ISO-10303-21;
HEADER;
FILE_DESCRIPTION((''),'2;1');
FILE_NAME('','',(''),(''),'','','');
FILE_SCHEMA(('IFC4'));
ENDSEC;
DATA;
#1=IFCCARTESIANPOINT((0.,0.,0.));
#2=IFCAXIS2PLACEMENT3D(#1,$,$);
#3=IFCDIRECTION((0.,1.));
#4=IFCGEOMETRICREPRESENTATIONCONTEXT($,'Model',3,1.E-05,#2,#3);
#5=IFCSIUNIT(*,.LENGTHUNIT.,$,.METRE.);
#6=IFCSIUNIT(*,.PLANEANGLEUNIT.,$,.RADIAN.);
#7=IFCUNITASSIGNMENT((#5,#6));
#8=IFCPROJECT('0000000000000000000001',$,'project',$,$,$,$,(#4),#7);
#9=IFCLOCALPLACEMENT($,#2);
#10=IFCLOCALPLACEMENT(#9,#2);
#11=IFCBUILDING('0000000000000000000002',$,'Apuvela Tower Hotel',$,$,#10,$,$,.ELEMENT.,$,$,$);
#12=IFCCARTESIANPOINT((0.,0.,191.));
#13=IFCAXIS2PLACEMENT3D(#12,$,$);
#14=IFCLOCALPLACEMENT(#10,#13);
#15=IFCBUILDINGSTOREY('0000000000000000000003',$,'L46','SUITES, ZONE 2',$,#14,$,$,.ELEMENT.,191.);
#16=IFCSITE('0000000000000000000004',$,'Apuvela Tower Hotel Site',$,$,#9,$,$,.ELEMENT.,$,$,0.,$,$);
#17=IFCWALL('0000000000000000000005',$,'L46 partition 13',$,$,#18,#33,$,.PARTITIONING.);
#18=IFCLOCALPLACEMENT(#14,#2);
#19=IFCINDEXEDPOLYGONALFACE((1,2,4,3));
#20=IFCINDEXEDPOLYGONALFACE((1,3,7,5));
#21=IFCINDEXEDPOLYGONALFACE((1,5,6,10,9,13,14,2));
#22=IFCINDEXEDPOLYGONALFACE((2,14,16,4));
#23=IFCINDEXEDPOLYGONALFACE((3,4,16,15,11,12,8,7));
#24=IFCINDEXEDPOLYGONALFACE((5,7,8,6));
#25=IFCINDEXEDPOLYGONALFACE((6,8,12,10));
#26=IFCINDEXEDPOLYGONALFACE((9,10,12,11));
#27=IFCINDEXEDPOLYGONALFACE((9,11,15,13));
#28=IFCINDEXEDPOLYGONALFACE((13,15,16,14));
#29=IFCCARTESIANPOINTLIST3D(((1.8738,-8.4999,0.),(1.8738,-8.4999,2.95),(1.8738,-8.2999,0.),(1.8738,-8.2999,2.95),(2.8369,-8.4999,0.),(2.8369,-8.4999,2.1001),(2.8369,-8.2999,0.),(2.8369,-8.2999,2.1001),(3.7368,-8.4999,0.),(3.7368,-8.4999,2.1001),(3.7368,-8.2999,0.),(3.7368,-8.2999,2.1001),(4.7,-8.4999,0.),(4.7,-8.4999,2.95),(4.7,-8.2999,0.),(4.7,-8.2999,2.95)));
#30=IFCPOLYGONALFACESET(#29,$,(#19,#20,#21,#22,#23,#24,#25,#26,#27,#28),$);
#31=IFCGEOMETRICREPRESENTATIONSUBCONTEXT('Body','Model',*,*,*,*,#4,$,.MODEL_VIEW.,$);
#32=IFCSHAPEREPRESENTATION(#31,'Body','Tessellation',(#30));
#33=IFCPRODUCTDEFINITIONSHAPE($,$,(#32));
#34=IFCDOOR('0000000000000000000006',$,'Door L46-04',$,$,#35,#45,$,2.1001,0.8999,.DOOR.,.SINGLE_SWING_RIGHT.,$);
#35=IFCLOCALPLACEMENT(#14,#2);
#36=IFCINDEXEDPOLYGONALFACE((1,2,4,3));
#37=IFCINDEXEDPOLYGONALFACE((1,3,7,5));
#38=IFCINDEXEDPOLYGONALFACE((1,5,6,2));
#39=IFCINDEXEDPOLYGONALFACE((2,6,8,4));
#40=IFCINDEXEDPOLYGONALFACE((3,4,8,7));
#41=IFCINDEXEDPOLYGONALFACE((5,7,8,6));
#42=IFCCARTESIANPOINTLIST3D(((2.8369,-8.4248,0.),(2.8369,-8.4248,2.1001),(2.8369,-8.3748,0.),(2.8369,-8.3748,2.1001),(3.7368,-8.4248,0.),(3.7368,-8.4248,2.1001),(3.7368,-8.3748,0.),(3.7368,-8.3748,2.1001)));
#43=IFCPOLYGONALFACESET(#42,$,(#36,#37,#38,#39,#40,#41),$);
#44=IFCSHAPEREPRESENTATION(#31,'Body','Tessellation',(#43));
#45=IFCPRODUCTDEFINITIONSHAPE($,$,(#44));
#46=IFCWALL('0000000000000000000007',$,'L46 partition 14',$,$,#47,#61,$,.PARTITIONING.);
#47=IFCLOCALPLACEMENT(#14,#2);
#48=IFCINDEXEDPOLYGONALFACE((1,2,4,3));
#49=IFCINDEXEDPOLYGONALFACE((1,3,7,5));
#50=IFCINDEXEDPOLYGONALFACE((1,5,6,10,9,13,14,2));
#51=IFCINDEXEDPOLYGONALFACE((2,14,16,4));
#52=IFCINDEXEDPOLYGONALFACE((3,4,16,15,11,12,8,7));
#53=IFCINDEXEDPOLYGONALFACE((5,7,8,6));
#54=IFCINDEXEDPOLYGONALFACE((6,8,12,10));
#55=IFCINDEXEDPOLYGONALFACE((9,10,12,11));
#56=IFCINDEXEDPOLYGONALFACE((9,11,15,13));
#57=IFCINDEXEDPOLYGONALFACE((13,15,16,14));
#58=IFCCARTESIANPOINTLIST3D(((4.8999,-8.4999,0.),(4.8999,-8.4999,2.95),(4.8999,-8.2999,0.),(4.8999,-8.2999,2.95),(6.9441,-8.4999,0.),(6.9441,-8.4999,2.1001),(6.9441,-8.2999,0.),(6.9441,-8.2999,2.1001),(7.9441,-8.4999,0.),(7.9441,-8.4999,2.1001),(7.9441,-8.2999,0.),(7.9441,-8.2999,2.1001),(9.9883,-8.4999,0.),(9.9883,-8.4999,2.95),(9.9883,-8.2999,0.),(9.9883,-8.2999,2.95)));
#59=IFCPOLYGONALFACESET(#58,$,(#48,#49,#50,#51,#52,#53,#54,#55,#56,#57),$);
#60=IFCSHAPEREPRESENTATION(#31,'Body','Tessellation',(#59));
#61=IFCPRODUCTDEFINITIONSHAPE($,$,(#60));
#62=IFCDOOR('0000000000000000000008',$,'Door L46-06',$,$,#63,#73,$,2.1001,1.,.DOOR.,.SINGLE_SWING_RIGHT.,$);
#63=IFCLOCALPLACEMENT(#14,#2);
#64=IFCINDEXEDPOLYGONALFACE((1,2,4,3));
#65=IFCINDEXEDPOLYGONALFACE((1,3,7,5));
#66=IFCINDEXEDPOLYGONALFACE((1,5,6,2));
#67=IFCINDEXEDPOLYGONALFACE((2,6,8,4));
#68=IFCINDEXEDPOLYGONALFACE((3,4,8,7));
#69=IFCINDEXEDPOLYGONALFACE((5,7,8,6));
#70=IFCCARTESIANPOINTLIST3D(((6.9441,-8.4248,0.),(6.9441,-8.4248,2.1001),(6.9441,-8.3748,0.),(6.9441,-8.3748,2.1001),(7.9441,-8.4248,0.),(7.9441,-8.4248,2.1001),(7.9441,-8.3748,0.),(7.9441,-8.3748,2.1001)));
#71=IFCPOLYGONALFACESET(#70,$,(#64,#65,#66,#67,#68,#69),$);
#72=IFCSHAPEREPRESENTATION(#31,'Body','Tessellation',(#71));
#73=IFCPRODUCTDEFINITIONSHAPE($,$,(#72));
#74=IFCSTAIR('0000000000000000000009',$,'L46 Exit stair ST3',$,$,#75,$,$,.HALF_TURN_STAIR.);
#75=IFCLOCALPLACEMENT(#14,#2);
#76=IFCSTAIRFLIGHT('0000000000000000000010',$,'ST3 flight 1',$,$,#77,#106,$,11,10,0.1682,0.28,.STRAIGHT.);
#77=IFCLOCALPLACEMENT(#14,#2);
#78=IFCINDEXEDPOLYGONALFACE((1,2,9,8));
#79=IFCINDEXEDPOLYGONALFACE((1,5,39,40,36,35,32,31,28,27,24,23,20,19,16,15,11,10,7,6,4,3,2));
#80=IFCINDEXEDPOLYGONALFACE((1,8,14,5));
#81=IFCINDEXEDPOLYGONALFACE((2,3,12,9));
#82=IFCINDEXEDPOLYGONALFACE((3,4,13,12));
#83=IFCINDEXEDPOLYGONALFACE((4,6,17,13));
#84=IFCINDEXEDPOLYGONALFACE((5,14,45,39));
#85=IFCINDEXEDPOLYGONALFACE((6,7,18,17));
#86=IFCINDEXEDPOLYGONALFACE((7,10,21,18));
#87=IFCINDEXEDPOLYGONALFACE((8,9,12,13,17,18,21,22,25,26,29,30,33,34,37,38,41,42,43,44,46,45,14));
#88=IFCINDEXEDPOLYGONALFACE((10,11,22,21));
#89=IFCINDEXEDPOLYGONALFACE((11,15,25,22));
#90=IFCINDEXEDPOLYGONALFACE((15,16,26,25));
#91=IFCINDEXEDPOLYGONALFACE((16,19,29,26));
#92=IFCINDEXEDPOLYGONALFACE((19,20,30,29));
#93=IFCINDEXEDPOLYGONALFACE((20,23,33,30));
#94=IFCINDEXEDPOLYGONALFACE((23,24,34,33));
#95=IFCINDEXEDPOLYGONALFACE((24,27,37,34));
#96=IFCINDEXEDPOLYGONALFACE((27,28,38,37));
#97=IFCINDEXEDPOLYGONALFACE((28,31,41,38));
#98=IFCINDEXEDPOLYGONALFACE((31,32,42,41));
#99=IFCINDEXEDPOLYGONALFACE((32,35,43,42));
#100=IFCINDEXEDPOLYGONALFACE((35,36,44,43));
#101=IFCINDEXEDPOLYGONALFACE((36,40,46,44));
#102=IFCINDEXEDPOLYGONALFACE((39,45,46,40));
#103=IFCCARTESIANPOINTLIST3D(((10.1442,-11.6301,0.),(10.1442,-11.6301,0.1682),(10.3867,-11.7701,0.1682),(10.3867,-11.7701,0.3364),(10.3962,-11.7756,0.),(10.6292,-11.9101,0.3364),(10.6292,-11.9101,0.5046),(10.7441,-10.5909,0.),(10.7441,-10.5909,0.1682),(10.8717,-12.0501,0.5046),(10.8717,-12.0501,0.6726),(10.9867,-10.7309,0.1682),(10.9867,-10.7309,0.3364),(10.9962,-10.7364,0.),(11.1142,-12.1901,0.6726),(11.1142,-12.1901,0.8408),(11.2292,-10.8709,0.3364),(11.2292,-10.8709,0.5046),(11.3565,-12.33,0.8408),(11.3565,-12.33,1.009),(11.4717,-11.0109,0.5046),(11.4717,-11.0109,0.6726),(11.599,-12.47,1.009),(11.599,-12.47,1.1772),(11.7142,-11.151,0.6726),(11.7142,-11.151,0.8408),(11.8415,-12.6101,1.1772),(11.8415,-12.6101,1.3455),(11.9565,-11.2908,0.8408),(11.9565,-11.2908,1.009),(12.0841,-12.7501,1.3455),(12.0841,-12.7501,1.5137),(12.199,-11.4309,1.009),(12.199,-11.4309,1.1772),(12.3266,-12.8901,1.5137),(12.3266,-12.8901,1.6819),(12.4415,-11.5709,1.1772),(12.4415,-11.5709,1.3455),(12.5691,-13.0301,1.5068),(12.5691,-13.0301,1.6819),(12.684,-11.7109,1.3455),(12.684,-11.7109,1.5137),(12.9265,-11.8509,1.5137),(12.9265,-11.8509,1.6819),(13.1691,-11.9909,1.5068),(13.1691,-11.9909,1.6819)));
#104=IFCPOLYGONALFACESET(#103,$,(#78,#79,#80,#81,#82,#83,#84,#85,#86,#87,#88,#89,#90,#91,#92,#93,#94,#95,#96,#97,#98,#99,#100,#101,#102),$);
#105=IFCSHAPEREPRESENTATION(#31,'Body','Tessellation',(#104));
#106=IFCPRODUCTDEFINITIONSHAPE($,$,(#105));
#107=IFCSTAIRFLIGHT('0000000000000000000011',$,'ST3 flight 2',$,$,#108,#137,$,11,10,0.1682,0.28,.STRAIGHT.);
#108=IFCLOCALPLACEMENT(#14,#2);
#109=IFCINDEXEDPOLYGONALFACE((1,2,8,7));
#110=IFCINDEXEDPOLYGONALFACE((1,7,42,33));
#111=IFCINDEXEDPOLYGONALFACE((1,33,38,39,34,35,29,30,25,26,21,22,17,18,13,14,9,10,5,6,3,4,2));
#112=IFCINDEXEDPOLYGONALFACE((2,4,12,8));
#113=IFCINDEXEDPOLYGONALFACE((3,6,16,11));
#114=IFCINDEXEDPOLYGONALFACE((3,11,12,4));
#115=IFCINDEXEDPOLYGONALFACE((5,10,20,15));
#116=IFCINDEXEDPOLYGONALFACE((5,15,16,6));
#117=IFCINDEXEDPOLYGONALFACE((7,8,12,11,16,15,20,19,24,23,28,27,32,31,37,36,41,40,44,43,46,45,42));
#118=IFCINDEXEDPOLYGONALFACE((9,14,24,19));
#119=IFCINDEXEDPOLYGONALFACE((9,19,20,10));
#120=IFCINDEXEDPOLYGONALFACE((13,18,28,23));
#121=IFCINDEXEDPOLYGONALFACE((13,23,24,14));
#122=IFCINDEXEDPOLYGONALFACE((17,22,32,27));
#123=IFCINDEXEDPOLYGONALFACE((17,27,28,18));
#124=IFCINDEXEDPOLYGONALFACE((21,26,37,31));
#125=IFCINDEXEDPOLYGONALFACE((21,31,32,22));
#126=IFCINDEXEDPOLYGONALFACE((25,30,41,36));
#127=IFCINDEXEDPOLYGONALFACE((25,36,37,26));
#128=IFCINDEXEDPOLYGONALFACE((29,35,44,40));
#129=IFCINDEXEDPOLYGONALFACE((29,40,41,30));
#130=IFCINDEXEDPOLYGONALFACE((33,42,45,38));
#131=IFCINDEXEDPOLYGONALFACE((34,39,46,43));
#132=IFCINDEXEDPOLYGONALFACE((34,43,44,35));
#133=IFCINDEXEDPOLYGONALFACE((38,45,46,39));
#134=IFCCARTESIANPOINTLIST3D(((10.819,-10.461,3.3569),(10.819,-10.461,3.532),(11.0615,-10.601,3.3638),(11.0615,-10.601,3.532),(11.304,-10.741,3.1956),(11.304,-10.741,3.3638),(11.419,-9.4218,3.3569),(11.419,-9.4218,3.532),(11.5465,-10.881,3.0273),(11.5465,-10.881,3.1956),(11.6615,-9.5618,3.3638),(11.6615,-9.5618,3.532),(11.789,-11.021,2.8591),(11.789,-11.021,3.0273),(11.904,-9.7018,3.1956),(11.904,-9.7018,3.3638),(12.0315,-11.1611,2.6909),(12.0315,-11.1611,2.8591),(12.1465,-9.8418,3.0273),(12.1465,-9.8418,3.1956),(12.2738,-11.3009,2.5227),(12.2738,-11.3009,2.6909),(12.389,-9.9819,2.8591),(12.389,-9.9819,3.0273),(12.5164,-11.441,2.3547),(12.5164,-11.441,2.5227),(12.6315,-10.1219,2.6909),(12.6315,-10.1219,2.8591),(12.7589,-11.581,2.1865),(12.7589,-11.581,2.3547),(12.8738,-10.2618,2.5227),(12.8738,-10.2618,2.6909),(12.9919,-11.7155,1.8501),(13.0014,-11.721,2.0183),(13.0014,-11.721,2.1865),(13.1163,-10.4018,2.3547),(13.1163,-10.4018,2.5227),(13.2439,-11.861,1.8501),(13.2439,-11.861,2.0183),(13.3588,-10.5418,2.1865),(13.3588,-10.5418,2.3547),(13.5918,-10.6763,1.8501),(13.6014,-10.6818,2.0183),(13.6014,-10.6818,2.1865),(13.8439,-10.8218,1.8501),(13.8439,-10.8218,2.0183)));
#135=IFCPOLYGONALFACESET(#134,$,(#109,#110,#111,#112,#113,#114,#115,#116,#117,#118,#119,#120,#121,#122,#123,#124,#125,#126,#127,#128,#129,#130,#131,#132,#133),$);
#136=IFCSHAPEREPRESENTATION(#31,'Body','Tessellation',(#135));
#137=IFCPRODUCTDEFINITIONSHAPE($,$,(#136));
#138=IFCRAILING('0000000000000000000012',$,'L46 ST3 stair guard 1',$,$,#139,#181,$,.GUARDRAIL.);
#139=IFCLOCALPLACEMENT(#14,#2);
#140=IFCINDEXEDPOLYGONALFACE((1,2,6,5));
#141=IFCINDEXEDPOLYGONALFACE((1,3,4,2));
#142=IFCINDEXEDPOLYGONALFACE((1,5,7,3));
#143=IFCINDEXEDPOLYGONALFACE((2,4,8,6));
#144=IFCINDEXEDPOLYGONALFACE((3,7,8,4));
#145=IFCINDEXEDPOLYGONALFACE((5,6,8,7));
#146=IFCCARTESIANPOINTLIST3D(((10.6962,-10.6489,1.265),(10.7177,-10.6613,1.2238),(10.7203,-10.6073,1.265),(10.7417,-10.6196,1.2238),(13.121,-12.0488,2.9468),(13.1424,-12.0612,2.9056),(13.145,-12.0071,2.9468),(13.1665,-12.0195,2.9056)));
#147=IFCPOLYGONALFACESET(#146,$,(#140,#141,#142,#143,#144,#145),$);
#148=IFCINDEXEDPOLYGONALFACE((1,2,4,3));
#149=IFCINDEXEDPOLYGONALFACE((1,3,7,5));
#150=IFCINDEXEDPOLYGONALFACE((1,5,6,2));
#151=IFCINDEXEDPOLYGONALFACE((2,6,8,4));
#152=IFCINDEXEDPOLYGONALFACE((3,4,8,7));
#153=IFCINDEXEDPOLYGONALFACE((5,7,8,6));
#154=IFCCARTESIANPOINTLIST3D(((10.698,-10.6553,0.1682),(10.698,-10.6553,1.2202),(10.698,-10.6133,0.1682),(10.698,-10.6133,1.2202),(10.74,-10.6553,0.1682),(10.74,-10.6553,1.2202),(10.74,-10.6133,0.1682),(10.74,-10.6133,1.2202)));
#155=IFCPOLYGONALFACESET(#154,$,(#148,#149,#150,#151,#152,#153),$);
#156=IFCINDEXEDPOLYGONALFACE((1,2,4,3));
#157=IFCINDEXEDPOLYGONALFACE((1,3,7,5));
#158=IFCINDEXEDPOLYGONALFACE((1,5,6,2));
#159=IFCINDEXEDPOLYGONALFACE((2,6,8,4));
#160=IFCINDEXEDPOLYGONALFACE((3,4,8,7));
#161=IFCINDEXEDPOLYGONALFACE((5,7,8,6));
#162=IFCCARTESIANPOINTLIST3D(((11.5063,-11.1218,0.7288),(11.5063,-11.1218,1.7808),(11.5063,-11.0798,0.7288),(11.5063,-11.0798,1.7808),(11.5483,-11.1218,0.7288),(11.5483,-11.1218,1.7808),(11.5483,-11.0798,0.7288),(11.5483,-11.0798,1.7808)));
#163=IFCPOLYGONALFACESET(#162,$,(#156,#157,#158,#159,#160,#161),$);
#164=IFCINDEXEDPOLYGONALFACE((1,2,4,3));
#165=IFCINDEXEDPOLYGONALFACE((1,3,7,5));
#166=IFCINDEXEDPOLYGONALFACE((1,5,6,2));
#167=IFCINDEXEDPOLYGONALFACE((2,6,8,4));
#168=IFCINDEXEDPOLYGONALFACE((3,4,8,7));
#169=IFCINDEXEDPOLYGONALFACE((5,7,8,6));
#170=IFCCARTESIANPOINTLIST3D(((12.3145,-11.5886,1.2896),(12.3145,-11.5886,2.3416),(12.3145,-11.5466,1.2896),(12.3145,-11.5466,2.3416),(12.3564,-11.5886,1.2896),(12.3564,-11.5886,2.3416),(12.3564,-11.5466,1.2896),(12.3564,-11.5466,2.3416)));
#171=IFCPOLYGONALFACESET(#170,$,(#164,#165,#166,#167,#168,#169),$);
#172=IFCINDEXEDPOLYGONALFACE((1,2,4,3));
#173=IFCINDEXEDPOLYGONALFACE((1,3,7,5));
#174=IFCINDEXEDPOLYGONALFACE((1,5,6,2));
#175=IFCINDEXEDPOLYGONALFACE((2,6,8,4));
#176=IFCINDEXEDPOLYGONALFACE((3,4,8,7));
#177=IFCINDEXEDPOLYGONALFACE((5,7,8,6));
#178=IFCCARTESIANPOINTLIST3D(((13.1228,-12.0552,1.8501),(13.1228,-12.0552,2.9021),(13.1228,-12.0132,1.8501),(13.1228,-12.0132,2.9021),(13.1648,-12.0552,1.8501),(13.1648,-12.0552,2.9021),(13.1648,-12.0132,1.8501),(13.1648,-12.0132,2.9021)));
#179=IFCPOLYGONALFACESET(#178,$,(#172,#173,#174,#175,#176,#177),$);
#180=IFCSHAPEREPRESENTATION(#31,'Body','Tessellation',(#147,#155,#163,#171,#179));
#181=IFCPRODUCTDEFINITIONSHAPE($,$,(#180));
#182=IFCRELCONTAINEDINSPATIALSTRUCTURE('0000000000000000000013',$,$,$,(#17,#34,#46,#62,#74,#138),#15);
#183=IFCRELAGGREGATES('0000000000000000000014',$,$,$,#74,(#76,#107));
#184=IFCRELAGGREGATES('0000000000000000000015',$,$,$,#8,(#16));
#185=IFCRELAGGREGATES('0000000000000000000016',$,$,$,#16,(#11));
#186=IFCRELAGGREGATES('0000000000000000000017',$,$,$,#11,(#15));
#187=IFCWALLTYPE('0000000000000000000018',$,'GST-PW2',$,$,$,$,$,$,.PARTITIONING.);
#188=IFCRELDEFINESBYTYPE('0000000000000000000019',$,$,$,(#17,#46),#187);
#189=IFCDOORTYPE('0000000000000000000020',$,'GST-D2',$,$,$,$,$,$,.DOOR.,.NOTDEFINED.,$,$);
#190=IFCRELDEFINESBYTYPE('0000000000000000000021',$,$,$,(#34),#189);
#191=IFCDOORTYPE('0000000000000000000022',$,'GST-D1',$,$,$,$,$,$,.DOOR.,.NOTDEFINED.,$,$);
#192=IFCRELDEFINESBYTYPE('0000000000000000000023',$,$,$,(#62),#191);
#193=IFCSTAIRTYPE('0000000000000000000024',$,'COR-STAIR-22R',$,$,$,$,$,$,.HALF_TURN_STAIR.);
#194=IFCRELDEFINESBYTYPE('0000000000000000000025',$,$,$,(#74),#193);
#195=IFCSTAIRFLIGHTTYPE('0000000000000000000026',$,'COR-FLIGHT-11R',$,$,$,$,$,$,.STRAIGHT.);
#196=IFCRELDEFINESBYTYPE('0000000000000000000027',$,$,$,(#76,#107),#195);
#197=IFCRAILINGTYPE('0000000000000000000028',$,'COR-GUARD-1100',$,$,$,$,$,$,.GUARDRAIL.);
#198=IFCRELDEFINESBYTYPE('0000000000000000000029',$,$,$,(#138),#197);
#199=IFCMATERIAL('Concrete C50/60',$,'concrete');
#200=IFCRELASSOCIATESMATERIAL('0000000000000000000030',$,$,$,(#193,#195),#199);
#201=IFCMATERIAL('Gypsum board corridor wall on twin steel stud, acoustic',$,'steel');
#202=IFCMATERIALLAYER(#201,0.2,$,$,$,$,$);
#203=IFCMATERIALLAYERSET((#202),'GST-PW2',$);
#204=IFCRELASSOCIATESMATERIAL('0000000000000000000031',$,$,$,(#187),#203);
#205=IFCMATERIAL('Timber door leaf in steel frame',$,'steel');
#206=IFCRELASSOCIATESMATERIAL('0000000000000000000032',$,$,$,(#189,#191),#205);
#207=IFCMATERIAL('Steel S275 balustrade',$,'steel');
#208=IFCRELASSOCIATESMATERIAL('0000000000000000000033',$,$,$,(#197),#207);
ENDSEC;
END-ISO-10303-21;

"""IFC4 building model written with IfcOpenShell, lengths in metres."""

from ifc_helpers import new_model, si_unit, direction, frame, frame_2d, origin, origin_2d, place, context, subcontext, project, spatial, polyline, rectangle, outline, extrude, material, layer, layer_set, type_object, element, fill, aggregate, save


model = new_model("IFC4")

# Units and contexts
model_context = context("Model", 3, precision=1e-05, world=origin(), true_north=direction((0.0, 1.0)))
body_context = subcontext(model_context, "Body", "Model", "MODEL_VIEW")
ifc_project = project(units=[si_unit("LENGTHUNIT", "METRE"), si_unit("PLANEANGLEUNIT", "RADIAN")], contexts=[model_context])

# Site, building, storey
site_placement = place(None, origin())
site = spatial("IfcSite", under=ifc_project, at=site_placement, Name="Apuvela Tower Hotel Site", CompositionType="ELEMENT", RefElevation=0.0)
building_placement = place(site_placement, origin())
building = spatial("IfcBuilding", under=site, at=building_placement, Name="Apuvela Tower Hotel", CompositionType="ELEMENT")
storey_placement = place(building_placement, frame((0.0, 0.0, 191.0)))
storey = spatial("IfcBuildingStorey", under=building, at=storey_placement, Name="L46", Description="SUITES, ZONE 2", CompositionType="ELEMENT", Elevation=191.0)

# Shared definitions
ifc_material_1 = material(Name="Concrete C50/60", Category="concrete")

# Shared definitions
stair_type = type_object("IfcStairType", Name="COR-STAIR-22R", PredefinedType="HALF_TURN_STAIR", material=ifc_material_1)

# Walls, openings, doors
ifc_material_2 = material(Name="Gypsum board corridor wall on twin steel stud, acoustic", Category="steel")
ifc_layer_1 = layer(ifc_material_2, 0.2)
ifc_layer_set_1 = layer_set([ifc_layer_1], Name="GST-PW2")
wall_type_1 = type_object("IfcWallType", Name="GST-PW2", PredefinedType="PARTITIONING", material=ifc_layer_set_1)
ifc_material_3 = material(Name="Timber door leaf in steel frame", Category="steel")
door_type_1 = type_object("IfcDoorType", Name="GST-D2", OperationType="NOTDEFINED", PredefinedType="DOOR", material=ifc_material_3)
wall_1_placement = place(storey_placement, frame((4.7, -8.3999, 0.0), z_axis=(0.0, 0.0, 1.0), x_axis=(-1.0, 0.0, 0.0)))
wall_1 = element("IfcWall", 1, at=wall_1_placement, inside=storey, type_object=wall_type_1, Name="L46 partition 13", PredefinedType="PARTITIONING", context=body_context, shape_type="SweptSolid", body=[
    extrude(rectangle(XDim=2.8262, YDim=0.2, at=frame_2d((1.4131, 0.0))), origin(), (0.0, 0.0, 1.0), 2.95),
])
opening_1_placement = place(wall_1_placement, frame((0.9631, 0.0, 0.0)))
opening_1 = element("IfcOpeningElement", 2, at=opening_1_placement, cuts=wall_1, PredefinedType="OPENING", context=body_context, shape_type="SweptSolid", body=[
    extrude(rectangle(XDim=0.8999, YDim=2.1001, at=frame_2d((0.45, 1.05))), frame((0.0, 0.1099, 0.0), z_axis=(0.0, -1.0, 0.0), x_axis=(1.0, 0.0, 0.0)), (0.0, 0.0, 1.0), 0.22),
])
door_1_placement = place(opening_1_placement, origin())
door_1 = element("IfcDoor", 3, at=door_1_placement, inside=storey, type_object=door_type_1, Name="Door L46-04", OperationType="SINGLE_SWING_RIGHT", OverallHeight=2.1001, OverallWidth=0.8999, PredefinedType="DOOR", context=body_context, shape_type="SweptSolid", body=[
    extrude(rectangle(XDim=0.8999, YDim=2.1001, at=frame_2d((0.45, 1.05))), frame((0.0, 0.0249, 0.0), z_axis=(0.0, -1.0, 0.0), x_axis=(1.0, 0.0, 0.0)), (0.0, 0.0, 1.0), 0.05),
])
fill(opening_1, door_1)
wall_2_placement = place(storey_placement, frame((9.9883, -8.3999, 0.0), z_axis=(0.0, 0.0, 1.0), x_axis=(-1.0, 0.0, 0.0)))
wall_2 = element("IfcWall", 4, at=wall_2_placement, inside=storey, type_object=wall_type_1, Name="L46 partition 14", PredefinedType="PARTITIONING", context=body_context, shape_type="SweptSolid", body=[
    extrude(rectangle(XDim=5.0884, YDim=0.2, at=frame_2d((2.5442, 0.0))), origin(), (0.0, 0.0, 1.0), 2.95),
])
opening_2_placement = place(wall_2_placement, frame((2.0442, 0.0, 0.0)))
opening_2 = element("IfcOpeningElement", 5, at=opening_2_placement, cuts=wall_2, PredefinedType="OPENING", context=body_context, shape_type="SweptSolid", body=[
    extrude(rectangle(XDim=1.0, YDim=2.1001, at=frame_2d((0.5, 1.05))), frame((0.0, 0.1099, 0.0), z_axis=(0.0, -1.0, 0.0), x_axis=(1.0, 0.0, 0.0)), (0.0, 0.0, 1.0), 0.22),
])
door_type_2 = type_object("IfcDoorType", Name="GST-D1", OperationType="NOTDEFINED", PredefinedType="DOOR", material=ifc_material_3)
door_2_placement = place(opening_2_placement, origin())
door_2 = element("IfcDoor", 6, at=door_2_placement, inside=storey, type_object=door_type_2, Name="Door L46-06", OperationType="SINGLE_SWING_RIGHT", OverallHeight=2.1001, OverallWidth=1.0, PredefinedType="DOOR", context=body_context, shape_type="SweptSolid", body=[
    extrude(rectangle(XDim=1.0, YDim=2.1001, at=frame_2d((0.5, 1.05))), frame((0.0, 0.0249, 0.0), z_axis=(0.0, -1.0, 0.0), x_axis=(1.0, 0.0, 0.0)), (0.0, 0.0, 1.0), 0.05),
])
fill(opening_2, door_2)

# Stair, stair flights
stair_1_placement = place(storey_placement, origin())
stair_1 = element("IfcStair", 7, at=stair_1_placement, inside=storey, type_object=stair_type, Name="L46 Exit stair ST3", PredefinedType="HALF_TURN_STAIR")
stair_flight_type = type_object("IfcStairFlightType", Name="COR-FLIGHT-11R", PredefinedType="STRAIGHT", material=ifc_material_1)
stair_flight_1_placement = place(storey_placement, frame((10.4441, -11.1106, 0.0), z_axis=(0.0, 0.0, 1.0), x_axis=(0.866025, -0.5, 0.0)))
stair_flight_1 = element("IfcStairFlight", 8, at=stair_flight_1_placement, type_object=stair_flight_type, Name="ST3 flight 1", NumberOfRisers=11, NumberOfTreads=10, PredefinedType="STRAIGHT", RiserHeight=0.1682, TreadLength=0.28, context=body_context, shape_type="SweptSolid", body=[
    extrude(outline(polyline([(0.0, 0.0), (0.0, 0.1682), (0.28, 0.1682), (0.28, 0.3364), (0.5601, 0.3364), (0.5601, 0.5046), (0.8401, 0.5046), (0.8401, 0.6726), (1.1201, 0.6726), (1.1201, 0.8408), (1.3999, 0.8408), (1.3999, 1.009), (1.6799, 1.009), (1.6799, 1.1772), (1.96, 1.1772), (1.96, 1.3455), (2.24, 1.3455), (2.24, 1.5137), (2.52, 1.5137), (2.52, 1.6819), (2.8, 1.6819), (2.8, 1.8501), (2.8, 1.5068), (0.291, 0.0), (0.0, 0.0)])), frame((0.0, 0.6001, 0.0), z_axis=(0.0, -1.0, 0.0), x_axis=(1.0, 0.0, 0.0)), (0.0, 0.0, 1.0), 1.2),
])
stair_flight_2_placement = place(storey_placement, frame((13.5439, -11.3413, 1.8501), z_axis=(0.0, 0.0, 1.0), x_axis=(-0.866025, 0.5, 0.0)))
stair_flight_2 = element("IfcStairFlight", 9, at=stair_flight_2_placement, type_object=stair_flight_type, Name="ST3 flight 2", NumberOfRisers=11, NumberOfTreads=10, PredefinedType="STRAIGHT", RiserHeight=0.1682, TreadLength=0.28, context=body_context, shape_type="SweptSolid", body=[
    extrude(outline(polyline([(0.0, 0.0), (0.0, 0.1682), (0.28, 0.1682), (0.28, 0.3364), (0.5601, 0.3364), (0.5601, 0.5046), (0.8401, 0.5046), (0.8401, 0.6726), (1.1201, 0.6726), (1.1201, 0.8408), (1.3999, 0.8408), (1.3999, 1.009), (1.6799, 1.009), (1.6799, 1.1772), (1.96, 1.1772), (1.96, 1.3455), (2.24, 1.3455), (2.24, 1.5137), (2.52, 1.5137), (2.52, 1.6819), (2.8, 1.6819), (2.8, 1.8501), (2.8, 1.5068), (0.291, 0.0), (0.0, 0.0)])), frame((0.0, 0.6001, 0.0), z_axis=(0.0, -1.0, 0.0), x_axis=(1.0, 0.0, 0.0)), (0.0, 0.0, 1.0), 1.2),
])
aggregate(stair_1, [stair_flight_1, stair_flight_2])

# Railing
ifc_material_4 = material(Name="Steel S275 balustrade", Category="steel")
railing_type_1 = type_object("IfcRailingType", Name="COR-GUARD-1100", PredefinedType="GUARDRAIL", material=ifc_material_4)
railing_1_placement = place(storey_placement, frame((10.719, -10.6343, 0.1682)))
element("IfcRailing", 10, at=railing_1_placement, inside=storey, type_object=railing_type_1, Name="L46 ST3 stair guard 1", PredefinedType="GUARDRAIL", context=body_context, shape_type="SweptSolid", body=[
    extrude(rectangle(XDim=0.0481, YDim=0.0481, at=origin_2d()), frame((0.0, 0.0, 1.0762), z_axis=(0.74239, -0.428601, 0.514934), x_axis=(0.499984, 0.866035, 0.0)), (0.0, 0.0, 1.0), 3.2661),
    extrude(rectangle(XDim=0.042, YDim=0.042, at=origin_2d()), origin(), (0.0, 0.0, 1.0), 1.052),
    extrude(rectangle(XDim=0.042, YDim=0.042, at=origin_2d()), frame((0.8083, -0.4666, 0.5605)), (0.0, 0.0, 1.0), 1.052),
    extrude(rectangle(XDim=0.042, YDim=0.042, at=origin_2d()), frame((1.6165, -0.9333, 1.1213)), (0.0, 0.0, 1.0), 1.052),
    extrude(rectangle(XDim=0.042, YDim=0.042, at=origin_2d()), frame((2.4248, -1.3999, 1.6819)), (0.0, 0.0, 1.0), 1.052),
])

save(model, "model.ifc")
